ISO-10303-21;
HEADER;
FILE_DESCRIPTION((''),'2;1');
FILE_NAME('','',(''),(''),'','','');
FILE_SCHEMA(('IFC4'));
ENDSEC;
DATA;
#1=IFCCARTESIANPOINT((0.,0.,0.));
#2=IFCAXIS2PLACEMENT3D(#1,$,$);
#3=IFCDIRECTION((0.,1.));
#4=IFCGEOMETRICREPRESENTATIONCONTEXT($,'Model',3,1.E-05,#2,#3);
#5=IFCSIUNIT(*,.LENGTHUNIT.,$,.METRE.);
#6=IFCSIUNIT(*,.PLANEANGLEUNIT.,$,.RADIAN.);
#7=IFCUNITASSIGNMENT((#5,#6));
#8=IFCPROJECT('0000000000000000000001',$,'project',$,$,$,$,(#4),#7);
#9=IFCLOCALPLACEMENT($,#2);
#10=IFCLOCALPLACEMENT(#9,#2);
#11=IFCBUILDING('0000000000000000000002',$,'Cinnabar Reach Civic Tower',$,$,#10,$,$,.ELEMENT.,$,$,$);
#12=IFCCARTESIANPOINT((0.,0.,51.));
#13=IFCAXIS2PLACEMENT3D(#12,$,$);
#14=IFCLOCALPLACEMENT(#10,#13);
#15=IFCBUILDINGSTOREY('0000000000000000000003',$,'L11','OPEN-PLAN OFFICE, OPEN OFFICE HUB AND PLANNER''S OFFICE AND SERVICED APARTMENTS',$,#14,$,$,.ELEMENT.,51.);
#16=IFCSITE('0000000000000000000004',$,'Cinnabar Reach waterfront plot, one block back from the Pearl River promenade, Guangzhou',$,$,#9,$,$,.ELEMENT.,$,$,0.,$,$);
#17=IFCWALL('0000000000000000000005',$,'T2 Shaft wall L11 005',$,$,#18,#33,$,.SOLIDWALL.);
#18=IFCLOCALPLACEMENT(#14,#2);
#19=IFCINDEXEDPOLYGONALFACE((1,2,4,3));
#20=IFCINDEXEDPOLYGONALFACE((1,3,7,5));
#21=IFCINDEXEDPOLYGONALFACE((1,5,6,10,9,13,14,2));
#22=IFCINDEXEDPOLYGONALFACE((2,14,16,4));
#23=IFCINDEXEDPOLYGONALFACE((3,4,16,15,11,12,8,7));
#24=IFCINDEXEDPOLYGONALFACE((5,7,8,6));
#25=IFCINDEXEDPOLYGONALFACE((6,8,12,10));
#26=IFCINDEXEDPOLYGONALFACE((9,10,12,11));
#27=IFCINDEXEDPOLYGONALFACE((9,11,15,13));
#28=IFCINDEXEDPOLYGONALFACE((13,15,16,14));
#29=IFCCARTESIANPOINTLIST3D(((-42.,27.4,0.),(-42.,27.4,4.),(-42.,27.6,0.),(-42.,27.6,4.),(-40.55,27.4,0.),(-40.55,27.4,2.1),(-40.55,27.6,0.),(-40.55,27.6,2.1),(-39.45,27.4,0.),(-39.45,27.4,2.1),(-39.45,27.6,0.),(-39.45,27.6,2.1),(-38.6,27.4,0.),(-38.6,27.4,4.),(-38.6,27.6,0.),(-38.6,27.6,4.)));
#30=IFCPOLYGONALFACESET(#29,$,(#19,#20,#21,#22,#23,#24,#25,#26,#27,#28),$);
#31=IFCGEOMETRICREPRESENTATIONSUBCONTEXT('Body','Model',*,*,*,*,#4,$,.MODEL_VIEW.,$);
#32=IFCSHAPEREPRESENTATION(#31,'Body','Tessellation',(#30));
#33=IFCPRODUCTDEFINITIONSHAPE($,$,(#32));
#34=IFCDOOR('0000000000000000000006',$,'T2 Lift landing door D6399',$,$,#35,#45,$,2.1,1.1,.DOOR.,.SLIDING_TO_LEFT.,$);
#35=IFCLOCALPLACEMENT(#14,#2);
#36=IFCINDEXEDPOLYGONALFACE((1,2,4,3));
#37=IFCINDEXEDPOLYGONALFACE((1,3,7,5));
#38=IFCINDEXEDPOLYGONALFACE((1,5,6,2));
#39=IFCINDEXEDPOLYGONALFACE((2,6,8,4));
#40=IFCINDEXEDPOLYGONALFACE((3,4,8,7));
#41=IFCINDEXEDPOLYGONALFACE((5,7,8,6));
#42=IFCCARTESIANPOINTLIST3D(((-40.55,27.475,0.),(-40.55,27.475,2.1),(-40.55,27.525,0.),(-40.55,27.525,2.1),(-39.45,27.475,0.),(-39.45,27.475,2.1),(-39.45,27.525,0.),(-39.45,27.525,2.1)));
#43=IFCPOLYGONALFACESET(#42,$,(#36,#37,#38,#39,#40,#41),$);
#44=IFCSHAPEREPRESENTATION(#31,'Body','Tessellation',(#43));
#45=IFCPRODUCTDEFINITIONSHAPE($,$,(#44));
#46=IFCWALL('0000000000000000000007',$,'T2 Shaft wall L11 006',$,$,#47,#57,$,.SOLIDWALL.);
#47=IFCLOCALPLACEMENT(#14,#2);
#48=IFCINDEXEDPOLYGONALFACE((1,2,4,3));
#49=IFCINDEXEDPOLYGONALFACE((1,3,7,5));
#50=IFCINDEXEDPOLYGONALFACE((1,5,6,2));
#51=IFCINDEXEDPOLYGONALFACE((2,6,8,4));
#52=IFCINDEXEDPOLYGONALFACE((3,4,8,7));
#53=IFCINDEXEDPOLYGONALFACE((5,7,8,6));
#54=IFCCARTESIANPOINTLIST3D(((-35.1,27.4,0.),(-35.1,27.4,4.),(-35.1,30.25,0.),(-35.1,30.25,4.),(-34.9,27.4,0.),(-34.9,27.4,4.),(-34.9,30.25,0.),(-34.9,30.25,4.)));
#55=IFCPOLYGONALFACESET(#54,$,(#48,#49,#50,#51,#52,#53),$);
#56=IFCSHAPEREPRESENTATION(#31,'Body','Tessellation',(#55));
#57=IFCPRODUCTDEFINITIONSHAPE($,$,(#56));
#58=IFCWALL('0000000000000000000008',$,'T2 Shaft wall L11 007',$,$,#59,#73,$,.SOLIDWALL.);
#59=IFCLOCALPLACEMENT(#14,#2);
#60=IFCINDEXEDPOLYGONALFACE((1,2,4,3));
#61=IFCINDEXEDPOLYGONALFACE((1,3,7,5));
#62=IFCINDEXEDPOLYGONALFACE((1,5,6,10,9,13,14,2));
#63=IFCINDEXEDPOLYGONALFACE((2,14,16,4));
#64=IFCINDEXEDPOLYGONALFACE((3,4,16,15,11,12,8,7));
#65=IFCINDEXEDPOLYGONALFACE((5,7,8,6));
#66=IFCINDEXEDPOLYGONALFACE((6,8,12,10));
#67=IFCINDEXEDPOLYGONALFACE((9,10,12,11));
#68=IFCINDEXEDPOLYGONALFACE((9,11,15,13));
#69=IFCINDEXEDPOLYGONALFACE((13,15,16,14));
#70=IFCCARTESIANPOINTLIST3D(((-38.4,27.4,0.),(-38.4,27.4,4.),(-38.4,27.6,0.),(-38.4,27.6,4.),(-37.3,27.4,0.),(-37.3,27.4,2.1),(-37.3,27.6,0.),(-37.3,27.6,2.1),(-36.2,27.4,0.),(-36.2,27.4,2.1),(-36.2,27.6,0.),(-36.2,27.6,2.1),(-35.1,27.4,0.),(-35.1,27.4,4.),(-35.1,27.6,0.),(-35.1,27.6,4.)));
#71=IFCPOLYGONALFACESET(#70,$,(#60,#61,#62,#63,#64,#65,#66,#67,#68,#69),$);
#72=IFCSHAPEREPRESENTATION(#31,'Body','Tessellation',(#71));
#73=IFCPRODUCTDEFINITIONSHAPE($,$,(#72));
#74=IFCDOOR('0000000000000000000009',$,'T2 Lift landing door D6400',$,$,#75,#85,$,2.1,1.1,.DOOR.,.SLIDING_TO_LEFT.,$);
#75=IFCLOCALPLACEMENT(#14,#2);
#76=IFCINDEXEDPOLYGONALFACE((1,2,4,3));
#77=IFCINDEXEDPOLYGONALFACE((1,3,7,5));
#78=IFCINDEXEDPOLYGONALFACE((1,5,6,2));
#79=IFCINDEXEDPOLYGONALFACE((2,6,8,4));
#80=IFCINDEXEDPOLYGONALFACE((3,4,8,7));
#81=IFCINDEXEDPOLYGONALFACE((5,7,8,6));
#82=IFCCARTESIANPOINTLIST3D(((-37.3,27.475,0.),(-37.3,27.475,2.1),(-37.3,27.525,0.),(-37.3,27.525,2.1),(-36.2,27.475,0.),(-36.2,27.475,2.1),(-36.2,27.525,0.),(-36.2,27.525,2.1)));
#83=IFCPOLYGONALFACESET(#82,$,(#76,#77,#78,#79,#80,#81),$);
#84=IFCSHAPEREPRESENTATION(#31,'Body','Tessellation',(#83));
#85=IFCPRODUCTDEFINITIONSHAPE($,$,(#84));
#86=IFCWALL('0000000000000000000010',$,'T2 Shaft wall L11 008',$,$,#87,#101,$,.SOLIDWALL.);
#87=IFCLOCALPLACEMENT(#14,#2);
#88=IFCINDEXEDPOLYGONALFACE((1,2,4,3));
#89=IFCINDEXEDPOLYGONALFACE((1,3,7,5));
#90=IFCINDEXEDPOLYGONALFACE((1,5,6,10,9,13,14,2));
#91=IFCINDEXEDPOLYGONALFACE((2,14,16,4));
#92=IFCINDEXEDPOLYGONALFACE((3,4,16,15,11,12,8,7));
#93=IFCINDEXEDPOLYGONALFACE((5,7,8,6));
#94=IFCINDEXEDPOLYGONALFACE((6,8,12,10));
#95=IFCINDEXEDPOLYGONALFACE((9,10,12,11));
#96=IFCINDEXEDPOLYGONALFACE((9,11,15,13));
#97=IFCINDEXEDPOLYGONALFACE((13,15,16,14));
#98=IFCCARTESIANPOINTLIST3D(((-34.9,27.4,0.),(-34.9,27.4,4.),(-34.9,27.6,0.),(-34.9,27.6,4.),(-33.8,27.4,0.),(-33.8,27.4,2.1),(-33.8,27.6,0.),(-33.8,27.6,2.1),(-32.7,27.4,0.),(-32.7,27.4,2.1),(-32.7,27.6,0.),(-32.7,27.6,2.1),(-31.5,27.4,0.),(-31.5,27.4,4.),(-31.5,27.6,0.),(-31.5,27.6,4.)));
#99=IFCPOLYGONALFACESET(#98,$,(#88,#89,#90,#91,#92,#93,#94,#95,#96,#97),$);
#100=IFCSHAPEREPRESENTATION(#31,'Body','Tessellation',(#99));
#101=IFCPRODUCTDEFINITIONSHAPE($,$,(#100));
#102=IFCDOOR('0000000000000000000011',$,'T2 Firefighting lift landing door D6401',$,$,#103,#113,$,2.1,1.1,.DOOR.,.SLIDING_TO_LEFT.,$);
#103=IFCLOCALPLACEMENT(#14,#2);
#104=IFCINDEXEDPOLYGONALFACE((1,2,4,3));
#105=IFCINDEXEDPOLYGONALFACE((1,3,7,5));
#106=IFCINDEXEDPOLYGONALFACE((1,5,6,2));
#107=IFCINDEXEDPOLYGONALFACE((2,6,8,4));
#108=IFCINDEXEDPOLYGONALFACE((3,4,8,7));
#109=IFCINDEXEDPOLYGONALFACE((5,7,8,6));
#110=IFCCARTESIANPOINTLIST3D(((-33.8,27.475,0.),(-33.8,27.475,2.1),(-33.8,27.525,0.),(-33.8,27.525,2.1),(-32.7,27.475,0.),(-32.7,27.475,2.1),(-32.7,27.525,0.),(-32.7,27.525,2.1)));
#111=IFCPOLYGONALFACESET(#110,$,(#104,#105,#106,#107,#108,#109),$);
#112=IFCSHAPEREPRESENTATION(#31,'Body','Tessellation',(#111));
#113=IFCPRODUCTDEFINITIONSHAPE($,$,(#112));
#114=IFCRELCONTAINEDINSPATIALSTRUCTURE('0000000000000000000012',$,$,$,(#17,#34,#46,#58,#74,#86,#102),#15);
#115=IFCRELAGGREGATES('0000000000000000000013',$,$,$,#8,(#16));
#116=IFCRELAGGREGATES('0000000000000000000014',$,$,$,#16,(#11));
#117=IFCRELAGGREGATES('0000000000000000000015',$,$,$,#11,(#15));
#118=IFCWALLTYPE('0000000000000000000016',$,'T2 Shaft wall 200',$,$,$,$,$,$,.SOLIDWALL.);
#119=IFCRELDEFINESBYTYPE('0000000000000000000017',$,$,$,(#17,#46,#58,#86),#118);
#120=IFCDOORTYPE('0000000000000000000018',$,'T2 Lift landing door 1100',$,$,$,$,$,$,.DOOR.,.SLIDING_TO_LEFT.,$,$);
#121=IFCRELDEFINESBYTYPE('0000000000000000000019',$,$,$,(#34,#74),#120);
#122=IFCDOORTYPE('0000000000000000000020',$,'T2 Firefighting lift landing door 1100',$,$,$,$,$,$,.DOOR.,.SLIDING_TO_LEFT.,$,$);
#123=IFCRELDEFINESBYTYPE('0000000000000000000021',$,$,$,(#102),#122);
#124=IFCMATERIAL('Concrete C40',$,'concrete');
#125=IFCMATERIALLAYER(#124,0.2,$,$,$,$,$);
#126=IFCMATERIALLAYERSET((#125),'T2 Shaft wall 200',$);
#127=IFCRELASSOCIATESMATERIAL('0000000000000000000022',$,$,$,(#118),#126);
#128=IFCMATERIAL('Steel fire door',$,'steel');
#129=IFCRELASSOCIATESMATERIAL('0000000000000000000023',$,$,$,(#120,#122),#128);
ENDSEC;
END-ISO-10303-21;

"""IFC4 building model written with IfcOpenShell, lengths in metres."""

from ifc_helpers import new_model, si_unit, direction, frame, frame_2d, origin, place, context, subcontext, project, spatial, rectangle, extrude, material, layer, layer_set, type_object, element, fill, save


model = new_model("IFC4")

# Units and contexts
model_context = context("Model", 3, precision=1e-05, world=origin(), true_north=direction((0.0, 1.0)))
body_context = subcontext(model_context, "Body", "Model", "MODEL_VIEW")
ifc_project = project(units=[si_unit("LENGTHUNIT", "METRE"), si_unit("PLANEANGLEUNIT", "RADIAN")], contexts=[model_context])

# Site, building, storey
site_placement = place(None, origin())
site = spatial("IfcSite", under=ifc_project, at=site_placement, Name="Cinnabar Reach waterfront plot, one block back from the Pearl River promenade, Guangzhou", CompositionType="ELEMENT", RefElevation=0.0)
building_placement = place(site_placement, origin())
building = spatial("IfcBuilding", under=site, at=building_placement, Name="Cinnabar Reach Civic Tower", CompositionType="ELEMENT")
storey_placement = place(building_placement, frame((0.0, 0.0, 51.0)))
storey = spatial("IfcBuildingStorey", under=building, at=storey_placement, Name="L11", Description="OPEN-PLAN OFFICE, OPEN OFFICE HUB AND PLANNER'S OFFICE AND SERVICED APARTMENTS", CompositionType="ELEMENT", Elevation=51.0)

# Shared definitions
ifc_material_1 = material(Name="Steel fire door", Category="steel")

# Shared definitions
ifc_material_2 = material(Name="Concrete C40", Category="concrete")
ifc_layer_1 = layer(ifc_material_2, 0.2)
ifc_layer_set_1 = layer_set([ifc_layer_1], Name="T2 Shaft wall 200")
wall_type_1 = type_object("IfcWallType", Name="T2 Shaft wall 200", PredefinedType="SOLIDWALL", material=ifc_layer_set_1)

# Wall, opening, door
wall_1_placement = place(storey_placement, frame((-42.0, 27.5, 0.0), z_axis=(0.0, 0.0, 1.0), x_axis=(1.0, 0.0, 0.0)))
wall_1 = element("IfcWall", 1, at=wall_1_placement, inside=storey, type_object=wall_type_1, Name="T2 Shaft wall L11 005", PredefinedType="SOLIDWALL", context=body_context, shape_type="SweptSolid", body=[
    extrude(rectangle(XDim=3.4, YDim=0.2, at=frame_2d((1.7, 0.0))), origin(), (0.0, 0.0, 1.0), 4.0),
])
opening_1_placement = place(wall_1_placement, frame((1.45, 0.0, 0.0)))
opening_1 = element("IfcOpeningElement", 2, at=opening_1_placement, cuts=wall_1, PredefinedType="OPENING", context=body_context, shape_type="SweptSolid", body=[
    extrude(rectangle(XDim=1.1, YDim=2.1, at=frame_2d((0.55, 1.05))), frame((0.0, 0.11, 0.0), z_axis=(0.0, -1.0, 0.0), x_axis=(1.0, 0.0, 0.0)), (0.0, 0.0, 1.0), 0.22),
])
door_type_1 = type_object("IfcDoorType", Name="T2 Lift landing door 1100", OperationType="SLIDING_TO_LEFT", PredefinedType="DOOR", material=ifc_material_1)
door_1_placement = place(opening_1_placement, origin())
door_1 = element("IfcDoor", 3, at=door_1_placement, inside=storey, type_object=door_type_1, Name="T2 Lift landing door D6399", OperationType="SLIDING_TO_LEFT", OverallHeight=2.1, OverallWidth=1.1, PredefinedType="DOOR", context=body_context, shape_type="SweptSolid", body=[
    extrude(rectangle(XDim=1.1, YDim=2.1, at=frame_2d((0.55, 1.05))), frame((0.0, 0.025, 0.0), z_axis=(0.0, -1.0, 0.0), x_axis=(1.0, 0.0, 0.0)), (0.0, 0.0, 1.0), 0.05),
])
fill(opening_1, door_1)

# Wall
wall_2_placement = place(storey_placement, frame((-35.0, 27.4, 0.0), z_axis=(0.0, 0.0, 1.0), x_axis=(0.0, 1.0, 0.0)))
element("IfcWall", 4, at=wall_2_placement, inside=storey, type_object=wall_type_1, Name="T2 Shaft wall L11 006", PredefinedType="SOLIDWALL", context=body_context, shape_type="SweptSolid", body=[
    extrude(rectangle(XDim=2.85, YDim=0.2, at=frame_2d((1.425, 0.0))), origin(), (0.0, 0.0, 1.0), 4.0),
])

# Walls, openings, doors
wall_3_placement = place(storey_placement, frame((-38.4, 27.5, 0.0), z_axis=(0.0, 0.0, 1.0), x_axis=(1.0, 0.0, 0.0)))
wall_3 = element("IfcWall", 5, at=wall_3_placement, inside=storey, type_object=wall_type_1, Name="T2 Shaft wall L11 007", PredefinedType="SOLIDWALL", context=body_context, shape_type="SweptSolid", body=[
    extrude(rectangle(XDim=3.3, YDim=0.2, at=frame_2d((1.65, 0.0))), origin(), (0.0, 0.0, 1.0), 4.0),
])
opening_2_placement = place(wall_3_placement, frame((1.1, 0.0, 0.0)))
opening_2 = element("IfcOpeningElement", 6, at=opening_2_placement, cuts=wall_3, PredefinedType="OPENING", context=body_context, shape_type="SweptSolid", body=[
    extrude(rectangle(XDim=1.1, YDim=2.1, at=frame_2d((0.55, 1.05))), frame((0.0, 0.11, 0.0), z_axis=(0.0, -1.0, 0.0), x_axis=(1.0, 0.0, 0.0)), (0.0, 0.0, 1.0), 0.22),
])
door_2_placement = place(opening_2_placement, origin())
door_2 = element("IfcDoor", 7, at=door_2_placement, inside=storey, type_object=door_type_1, Name="T2 Lift landing door D6400", OperationType="SLIDING_TO_LEFT", OverallHeight=2.1, OverallWidth=1.1, PredefinedType="DOOR", context=body_context, shape_type="SweptSolid", body=[
    extrude(rectangle(XDim=1.1, YDim=2.1, at=frame_2d((0.55, 1.05))), frame((0.0, 0.025, 0.0), z_axis=(0.0, -1.0, 0.0), x_axis=(1.0, 0.0, 0.0)), (0.0, 0.0, 1.0), 0.05),
])
fill(opening_2, door_2)
wall_4_placement = place(storey_placement, frame((-34.9, 27.5, 0.0), z_axis=(0.0, 0.0, 1.0), x_axis=(1.0, 0.0, 0.0)))
wall_4 = element("IfcWall", 8, at=wall_4_placement, inside=storey, type_object=wall_type_1, Name="T2 Shaft wall L11 008", PredefinedType="SOLIDWALL", context=body_context, shape_type="SweptSolid", body=[
    extrude(rectangle(XDim=3.4, YDim=0.2, at=frame_2d((1.7, 0.0))), origin(), (0.0, 0.0, 1.0), 4.0),
])
opening_3_placement = place(wall_4_placement, frame((1.1, 0.0, 0.0)))
opening_3 = element("IfcOpeningElement", 9, at=opening_3_placement, cuts=wall_4, PredefinedType="OPENING", context=body_context, shape_type="SweptSolid", body=[
    extrude(rectangle(XDim=1.1, YDim=2.1, at=frame_2d((0.55, 1.05))), frame((0.0, 0.11, 0.0), z_axis=(0.0, -1.0, 0.0), x_axis=(1.0, 0.0, 0.0)), (0.0, 0.0, 1.0), 0.22),
])
door_type_2 = type_object("IfcDoorType", Name="T2 Firefighting lift landing door 1100", OperationType="SLIDING_TO_LEFT", PredefinedType="DOOR", material=ifc_material_1)
door_3_placement = place(opening_3_placement, origin())
door_3 = element("IfcDoor", 10, at=door_3_placement, inside=storey, type_object=door_type_2, Name="T2 Firefighting lift landing door D6401", OperationType="SLIDING_TO_LEFT", OverallHeight=2.1, OverallWidth=1.1, PredefinedType="DOOR", context=body_context, shape_type="SweptSolid", body=[
    extrude(rectangle(XDim=1.1, YDim=2.1, at=frame_2d((0.55, 1.05))), frame((0.0, 0.025, 0.0), z_axis=(0.0, -1.0, 0.0), x_axis=(1.0, 0.0, 0.0)), (0.0, 0.0, 1.0), 0.05),
])
fill(opening_3, door_3)

save(model, "model.ifc")
